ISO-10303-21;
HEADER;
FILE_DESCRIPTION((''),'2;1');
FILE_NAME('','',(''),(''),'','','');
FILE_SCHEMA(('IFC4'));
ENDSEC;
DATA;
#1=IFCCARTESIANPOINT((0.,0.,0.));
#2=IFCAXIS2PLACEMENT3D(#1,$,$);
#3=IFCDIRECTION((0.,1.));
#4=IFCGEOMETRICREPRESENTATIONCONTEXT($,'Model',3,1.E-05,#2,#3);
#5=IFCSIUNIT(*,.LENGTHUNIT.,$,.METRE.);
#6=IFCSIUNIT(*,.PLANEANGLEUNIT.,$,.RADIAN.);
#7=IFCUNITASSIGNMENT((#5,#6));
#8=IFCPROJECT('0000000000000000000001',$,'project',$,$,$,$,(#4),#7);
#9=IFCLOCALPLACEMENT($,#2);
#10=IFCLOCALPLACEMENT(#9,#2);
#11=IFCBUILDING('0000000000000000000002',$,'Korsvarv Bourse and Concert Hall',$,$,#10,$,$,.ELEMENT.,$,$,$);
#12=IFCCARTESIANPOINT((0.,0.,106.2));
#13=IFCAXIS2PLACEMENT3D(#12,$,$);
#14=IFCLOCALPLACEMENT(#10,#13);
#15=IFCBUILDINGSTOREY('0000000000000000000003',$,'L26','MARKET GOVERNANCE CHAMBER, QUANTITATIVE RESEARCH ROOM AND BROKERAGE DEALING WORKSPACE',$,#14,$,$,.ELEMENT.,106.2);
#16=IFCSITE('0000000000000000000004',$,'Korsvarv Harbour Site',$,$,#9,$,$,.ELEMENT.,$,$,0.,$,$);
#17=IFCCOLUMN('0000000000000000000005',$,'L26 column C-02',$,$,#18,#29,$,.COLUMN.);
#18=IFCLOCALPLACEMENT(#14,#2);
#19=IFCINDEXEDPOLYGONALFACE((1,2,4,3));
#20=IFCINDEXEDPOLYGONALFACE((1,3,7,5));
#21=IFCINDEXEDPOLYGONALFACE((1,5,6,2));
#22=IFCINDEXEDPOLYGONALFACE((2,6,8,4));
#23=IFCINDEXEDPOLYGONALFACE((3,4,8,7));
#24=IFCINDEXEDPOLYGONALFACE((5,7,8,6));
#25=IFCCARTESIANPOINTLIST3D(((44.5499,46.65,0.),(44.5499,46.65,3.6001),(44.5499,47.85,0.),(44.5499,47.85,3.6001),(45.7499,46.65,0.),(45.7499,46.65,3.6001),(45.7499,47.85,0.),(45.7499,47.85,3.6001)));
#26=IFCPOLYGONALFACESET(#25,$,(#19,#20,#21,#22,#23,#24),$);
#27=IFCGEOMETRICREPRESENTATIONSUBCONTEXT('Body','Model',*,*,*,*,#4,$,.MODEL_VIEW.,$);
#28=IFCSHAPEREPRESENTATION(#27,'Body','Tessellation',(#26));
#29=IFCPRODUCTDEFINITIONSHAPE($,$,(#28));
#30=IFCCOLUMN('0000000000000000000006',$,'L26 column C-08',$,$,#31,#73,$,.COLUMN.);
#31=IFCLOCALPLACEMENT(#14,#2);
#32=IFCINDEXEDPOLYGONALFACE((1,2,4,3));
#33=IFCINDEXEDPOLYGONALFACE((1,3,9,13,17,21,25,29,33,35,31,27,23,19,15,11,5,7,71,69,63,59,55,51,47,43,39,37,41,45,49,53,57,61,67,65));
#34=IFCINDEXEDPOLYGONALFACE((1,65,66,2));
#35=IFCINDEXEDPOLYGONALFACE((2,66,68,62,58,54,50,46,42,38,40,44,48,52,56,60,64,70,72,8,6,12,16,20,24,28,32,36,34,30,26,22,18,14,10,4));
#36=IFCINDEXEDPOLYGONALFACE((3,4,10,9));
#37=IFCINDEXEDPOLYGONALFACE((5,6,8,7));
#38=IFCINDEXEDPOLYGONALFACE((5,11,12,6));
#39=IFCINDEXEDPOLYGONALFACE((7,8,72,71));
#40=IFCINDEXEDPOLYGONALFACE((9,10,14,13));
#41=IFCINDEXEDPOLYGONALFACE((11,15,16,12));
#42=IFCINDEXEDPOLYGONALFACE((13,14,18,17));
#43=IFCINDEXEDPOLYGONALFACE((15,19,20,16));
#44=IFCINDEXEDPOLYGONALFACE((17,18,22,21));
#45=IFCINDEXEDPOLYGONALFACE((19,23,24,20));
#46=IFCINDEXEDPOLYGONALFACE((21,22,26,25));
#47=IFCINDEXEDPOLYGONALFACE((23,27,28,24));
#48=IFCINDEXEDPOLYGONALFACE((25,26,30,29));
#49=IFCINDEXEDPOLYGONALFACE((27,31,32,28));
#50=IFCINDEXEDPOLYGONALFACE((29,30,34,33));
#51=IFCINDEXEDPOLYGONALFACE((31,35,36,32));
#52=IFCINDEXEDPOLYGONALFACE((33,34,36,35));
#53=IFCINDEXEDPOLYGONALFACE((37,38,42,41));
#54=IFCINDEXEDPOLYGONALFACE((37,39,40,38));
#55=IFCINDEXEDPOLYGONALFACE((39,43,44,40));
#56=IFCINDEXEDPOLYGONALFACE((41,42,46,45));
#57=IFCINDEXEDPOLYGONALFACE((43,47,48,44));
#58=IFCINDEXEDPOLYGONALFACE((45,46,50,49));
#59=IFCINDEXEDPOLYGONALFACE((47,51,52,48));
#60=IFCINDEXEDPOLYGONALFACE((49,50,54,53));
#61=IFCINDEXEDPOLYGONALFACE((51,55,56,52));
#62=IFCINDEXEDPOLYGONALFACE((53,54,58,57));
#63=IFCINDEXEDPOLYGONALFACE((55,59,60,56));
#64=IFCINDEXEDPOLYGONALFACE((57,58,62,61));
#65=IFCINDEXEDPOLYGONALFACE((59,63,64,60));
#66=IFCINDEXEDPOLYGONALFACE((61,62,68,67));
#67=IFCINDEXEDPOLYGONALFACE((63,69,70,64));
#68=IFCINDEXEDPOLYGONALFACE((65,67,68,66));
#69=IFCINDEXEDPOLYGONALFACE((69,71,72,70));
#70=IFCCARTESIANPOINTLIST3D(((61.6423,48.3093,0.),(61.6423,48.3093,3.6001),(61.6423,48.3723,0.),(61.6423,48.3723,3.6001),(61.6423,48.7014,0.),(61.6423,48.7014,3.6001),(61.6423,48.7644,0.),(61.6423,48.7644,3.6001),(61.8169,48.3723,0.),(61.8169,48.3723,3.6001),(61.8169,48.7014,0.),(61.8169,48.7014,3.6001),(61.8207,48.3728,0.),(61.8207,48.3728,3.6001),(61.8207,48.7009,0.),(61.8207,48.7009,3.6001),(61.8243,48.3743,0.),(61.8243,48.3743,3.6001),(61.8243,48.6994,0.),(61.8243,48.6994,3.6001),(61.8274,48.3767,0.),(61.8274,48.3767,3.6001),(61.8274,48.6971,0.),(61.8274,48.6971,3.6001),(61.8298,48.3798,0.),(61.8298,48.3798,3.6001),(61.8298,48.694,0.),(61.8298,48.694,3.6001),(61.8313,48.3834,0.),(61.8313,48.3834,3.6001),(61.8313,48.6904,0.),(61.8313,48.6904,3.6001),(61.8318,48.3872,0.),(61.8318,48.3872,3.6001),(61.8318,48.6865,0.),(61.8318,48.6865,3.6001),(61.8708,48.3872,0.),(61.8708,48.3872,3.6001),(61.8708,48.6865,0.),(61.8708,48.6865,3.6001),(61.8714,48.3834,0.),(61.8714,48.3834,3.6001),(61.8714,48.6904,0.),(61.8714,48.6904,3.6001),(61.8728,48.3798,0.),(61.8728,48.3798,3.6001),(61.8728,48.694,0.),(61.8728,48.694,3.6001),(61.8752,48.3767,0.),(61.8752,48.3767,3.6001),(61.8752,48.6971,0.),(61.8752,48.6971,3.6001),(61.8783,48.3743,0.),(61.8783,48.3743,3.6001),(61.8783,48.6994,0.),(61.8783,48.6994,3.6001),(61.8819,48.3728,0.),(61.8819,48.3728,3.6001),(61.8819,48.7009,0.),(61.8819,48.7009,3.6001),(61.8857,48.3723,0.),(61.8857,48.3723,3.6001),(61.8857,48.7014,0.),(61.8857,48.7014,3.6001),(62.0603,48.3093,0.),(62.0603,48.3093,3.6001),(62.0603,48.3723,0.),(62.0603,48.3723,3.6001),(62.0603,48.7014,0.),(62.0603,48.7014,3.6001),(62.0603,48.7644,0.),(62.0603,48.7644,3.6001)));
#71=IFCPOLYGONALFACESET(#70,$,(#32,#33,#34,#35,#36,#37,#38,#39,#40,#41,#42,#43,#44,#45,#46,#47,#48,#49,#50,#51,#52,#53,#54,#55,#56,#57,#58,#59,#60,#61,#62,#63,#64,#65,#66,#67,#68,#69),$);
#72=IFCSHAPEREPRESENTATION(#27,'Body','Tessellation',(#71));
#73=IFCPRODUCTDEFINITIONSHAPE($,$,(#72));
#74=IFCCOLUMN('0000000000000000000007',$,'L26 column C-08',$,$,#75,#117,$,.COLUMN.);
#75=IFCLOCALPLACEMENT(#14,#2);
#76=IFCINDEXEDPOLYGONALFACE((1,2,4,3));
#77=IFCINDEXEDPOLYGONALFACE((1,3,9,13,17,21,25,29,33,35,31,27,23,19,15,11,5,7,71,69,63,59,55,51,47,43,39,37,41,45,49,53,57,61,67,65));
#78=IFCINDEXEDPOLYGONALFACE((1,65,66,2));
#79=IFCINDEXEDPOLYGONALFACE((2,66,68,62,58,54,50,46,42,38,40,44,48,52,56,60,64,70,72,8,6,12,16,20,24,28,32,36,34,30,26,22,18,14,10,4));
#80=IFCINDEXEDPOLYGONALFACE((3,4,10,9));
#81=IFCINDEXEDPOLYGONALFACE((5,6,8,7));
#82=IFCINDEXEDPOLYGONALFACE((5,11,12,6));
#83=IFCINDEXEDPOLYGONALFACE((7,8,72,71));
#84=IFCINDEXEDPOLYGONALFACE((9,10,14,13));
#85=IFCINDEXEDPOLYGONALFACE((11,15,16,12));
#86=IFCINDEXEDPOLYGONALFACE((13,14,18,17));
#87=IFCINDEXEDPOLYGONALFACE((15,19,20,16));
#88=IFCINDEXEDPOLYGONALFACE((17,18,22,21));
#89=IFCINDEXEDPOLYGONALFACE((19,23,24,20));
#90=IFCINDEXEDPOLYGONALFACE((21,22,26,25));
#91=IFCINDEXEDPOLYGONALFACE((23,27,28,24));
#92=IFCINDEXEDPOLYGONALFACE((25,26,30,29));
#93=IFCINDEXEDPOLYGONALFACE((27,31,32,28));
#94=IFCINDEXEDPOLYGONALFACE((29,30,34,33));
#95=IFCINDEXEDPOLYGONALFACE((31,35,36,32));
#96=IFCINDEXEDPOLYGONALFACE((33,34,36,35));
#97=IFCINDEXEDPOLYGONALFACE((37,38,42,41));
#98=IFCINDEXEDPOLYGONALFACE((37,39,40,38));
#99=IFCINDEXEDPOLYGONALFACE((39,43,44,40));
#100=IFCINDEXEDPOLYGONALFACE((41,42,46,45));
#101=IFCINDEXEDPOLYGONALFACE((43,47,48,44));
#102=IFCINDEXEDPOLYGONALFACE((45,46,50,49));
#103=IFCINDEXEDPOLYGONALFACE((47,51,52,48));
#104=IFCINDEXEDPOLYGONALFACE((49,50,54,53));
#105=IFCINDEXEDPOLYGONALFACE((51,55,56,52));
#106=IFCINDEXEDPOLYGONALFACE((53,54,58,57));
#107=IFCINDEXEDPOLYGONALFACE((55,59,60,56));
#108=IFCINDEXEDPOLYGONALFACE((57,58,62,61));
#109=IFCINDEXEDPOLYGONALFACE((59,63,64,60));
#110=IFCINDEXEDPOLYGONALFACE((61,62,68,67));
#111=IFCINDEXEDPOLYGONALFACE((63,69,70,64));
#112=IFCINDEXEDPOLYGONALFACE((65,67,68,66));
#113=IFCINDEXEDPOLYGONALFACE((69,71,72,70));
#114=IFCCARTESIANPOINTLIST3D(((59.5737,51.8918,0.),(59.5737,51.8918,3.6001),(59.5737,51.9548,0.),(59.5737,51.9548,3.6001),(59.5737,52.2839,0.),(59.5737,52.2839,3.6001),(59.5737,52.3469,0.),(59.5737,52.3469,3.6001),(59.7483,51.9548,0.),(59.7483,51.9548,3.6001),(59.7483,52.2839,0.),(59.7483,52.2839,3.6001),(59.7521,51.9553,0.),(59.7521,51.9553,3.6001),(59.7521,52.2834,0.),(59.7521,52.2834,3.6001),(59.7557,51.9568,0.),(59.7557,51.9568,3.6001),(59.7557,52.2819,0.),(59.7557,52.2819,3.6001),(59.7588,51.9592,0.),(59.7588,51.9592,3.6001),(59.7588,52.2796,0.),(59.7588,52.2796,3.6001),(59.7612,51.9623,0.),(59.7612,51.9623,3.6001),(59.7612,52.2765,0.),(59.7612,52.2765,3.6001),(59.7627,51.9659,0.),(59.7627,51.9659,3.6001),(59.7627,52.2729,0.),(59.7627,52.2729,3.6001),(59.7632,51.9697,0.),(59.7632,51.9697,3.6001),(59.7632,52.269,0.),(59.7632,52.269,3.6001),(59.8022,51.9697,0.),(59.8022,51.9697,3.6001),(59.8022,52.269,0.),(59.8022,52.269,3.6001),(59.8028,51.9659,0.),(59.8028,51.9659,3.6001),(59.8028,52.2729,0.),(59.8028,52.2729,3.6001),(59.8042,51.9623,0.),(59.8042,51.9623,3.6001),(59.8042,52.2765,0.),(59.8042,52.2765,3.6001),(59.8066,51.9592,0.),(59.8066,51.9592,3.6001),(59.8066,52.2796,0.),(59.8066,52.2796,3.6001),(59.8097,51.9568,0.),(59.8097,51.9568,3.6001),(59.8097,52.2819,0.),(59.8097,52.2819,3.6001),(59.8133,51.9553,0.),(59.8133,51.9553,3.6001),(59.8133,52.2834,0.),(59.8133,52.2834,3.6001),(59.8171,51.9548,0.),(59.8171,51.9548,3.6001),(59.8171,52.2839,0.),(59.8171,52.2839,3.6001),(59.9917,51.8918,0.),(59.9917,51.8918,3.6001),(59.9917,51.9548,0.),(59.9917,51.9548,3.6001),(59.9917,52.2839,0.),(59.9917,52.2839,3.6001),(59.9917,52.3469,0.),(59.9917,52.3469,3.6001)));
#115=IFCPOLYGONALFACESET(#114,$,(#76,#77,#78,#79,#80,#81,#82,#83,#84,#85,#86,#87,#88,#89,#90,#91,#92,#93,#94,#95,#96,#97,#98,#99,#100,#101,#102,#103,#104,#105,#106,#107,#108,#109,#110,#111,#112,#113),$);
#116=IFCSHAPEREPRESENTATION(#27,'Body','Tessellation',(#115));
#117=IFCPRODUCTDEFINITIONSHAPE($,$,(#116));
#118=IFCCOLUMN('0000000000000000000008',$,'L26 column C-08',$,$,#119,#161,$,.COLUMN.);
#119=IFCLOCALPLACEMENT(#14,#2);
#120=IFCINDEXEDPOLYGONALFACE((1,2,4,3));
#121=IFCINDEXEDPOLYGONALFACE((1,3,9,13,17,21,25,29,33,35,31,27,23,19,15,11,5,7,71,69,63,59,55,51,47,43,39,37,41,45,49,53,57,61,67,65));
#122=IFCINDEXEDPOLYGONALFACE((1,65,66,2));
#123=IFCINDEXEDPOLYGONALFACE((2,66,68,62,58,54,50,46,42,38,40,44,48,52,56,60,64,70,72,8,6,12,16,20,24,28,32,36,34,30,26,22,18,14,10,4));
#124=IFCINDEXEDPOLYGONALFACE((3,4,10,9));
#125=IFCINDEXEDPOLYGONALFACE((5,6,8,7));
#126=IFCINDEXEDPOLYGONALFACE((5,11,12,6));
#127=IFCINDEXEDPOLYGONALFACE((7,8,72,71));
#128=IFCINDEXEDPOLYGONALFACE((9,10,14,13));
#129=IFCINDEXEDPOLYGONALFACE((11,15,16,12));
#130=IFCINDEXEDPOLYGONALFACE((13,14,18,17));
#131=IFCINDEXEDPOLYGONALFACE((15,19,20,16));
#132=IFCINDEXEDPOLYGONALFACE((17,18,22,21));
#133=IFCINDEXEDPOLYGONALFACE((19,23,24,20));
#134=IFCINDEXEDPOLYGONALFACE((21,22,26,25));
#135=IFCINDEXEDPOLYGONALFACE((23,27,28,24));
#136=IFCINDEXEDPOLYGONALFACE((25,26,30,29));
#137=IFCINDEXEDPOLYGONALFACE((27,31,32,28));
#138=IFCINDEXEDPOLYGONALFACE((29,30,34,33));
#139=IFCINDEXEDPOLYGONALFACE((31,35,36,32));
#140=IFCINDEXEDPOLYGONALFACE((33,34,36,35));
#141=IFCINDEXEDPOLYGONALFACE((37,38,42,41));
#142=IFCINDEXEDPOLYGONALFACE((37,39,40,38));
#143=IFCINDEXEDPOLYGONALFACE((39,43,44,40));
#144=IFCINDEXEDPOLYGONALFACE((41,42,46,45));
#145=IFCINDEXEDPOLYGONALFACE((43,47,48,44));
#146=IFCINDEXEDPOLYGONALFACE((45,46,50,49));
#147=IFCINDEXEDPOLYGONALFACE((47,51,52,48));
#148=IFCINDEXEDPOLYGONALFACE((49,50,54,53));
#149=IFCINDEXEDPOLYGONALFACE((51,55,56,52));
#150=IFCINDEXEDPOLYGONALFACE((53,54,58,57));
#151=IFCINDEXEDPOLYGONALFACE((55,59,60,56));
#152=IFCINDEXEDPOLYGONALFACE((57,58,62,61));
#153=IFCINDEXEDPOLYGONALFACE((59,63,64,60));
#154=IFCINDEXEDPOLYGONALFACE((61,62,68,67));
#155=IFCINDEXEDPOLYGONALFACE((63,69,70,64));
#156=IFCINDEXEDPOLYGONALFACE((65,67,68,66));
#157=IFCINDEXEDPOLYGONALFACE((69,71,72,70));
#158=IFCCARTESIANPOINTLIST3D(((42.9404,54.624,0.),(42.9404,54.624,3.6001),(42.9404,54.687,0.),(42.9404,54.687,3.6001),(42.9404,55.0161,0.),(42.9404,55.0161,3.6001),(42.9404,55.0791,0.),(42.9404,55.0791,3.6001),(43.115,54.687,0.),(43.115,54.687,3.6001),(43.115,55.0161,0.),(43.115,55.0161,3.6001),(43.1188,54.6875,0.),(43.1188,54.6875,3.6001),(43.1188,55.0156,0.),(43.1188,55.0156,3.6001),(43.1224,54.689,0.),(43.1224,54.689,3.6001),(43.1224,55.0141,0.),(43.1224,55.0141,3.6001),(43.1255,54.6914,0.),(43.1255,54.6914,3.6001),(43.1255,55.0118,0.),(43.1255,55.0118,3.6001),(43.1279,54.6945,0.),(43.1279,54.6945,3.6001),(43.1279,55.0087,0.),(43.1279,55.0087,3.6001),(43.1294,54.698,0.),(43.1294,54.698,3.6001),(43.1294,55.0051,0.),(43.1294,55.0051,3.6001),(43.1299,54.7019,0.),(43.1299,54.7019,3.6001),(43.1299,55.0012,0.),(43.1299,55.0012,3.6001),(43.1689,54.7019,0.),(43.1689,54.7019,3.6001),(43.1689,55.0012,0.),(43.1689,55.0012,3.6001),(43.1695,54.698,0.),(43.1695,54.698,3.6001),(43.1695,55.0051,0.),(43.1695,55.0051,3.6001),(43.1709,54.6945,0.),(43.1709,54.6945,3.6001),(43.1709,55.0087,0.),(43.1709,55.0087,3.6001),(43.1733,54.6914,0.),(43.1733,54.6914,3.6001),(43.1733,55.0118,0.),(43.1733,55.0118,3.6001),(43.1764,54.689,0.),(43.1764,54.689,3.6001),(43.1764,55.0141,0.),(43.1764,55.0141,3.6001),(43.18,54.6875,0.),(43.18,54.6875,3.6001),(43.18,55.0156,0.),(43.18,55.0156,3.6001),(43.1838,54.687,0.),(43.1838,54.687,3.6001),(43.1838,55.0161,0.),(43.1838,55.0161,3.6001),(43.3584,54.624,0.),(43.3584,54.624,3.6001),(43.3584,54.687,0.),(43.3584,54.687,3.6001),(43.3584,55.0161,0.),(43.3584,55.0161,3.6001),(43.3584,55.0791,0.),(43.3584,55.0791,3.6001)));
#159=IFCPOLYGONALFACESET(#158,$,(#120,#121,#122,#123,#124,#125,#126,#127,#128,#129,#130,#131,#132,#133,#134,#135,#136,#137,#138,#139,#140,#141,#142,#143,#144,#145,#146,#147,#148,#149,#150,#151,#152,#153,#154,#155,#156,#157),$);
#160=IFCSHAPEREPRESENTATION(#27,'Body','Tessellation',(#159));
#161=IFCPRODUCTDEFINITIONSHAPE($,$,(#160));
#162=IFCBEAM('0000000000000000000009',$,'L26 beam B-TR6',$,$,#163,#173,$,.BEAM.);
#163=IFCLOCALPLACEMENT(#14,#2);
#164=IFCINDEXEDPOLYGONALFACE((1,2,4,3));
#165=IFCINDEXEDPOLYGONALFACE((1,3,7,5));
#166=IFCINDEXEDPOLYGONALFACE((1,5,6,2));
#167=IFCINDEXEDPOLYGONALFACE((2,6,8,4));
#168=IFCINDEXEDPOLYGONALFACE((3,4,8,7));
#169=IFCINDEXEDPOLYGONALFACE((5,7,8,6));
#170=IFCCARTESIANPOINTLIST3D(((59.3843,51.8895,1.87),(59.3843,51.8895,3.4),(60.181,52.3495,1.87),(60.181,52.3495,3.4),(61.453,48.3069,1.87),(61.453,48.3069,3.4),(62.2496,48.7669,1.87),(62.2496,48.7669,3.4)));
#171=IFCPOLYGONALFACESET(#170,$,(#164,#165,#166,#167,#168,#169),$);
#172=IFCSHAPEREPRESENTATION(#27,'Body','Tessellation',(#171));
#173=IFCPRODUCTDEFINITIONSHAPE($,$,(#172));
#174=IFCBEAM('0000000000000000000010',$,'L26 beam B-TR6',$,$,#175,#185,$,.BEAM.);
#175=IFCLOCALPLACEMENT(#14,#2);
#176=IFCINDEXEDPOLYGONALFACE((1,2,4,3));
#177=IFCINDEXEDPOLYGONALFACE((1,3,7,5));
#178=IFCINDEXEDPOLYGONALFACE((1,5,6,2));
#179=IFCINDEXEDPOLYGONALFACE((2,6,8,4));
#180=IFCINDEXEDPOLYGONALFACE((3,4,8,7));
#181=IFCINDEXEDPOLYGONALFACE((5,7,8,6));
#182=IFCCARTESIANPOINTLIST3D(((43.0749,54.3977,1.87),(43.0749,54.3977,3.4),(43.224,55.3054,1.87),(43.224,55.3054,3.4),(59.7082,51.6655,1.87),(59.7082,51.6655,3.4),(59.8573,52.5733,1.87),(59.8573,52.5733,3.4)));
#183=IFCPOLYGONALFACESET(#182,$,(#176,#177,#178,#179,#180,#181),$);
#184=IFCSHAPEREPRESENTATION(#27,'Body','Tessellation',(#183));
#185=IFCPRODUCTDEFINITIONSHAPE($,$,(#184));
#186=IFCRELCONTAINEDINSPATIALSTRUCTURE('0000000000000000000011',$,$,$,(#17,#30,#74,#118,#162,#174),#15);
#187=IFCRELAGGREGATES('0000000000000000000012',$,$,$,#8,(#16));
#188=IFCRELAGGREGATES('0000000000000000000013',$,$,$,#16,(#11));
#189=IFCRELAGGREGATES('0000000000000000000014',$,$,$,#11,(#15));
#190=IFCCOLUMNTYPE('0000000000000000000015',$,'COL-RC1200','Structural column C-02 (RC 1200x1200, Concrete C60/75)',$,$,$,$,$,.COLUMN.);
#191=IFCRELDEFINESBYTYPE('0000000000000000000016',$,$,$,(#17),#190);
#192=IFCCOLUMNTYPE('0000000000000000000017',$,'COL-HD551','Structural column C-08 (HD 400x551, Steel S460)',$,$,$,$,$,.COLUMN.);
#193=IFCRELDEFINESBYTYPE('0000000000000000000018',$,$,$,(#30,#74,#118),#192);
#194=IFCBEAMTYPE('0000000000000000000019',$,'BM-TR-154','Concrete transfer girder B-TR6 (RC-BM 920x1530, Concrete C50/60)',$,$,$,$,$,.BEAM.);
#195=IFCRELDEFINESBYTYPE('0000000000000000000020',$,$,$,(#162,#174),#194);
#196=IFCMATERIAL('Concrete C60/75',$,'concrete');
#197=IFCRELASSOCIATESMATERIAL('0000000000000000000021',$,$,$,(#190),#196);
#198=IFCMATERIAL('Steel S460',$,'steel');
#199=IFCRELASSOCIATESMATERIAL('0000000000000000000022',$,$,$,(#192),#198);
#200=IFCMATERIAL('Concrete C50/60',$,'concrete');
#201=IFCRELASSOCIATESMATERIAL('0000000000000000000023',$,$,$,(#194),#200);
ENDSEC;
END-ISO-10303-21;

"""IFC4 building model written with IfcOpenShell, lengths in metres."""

from ifc_helpers import new_model, si_unit, direction, frame, origin, origin_2d, place, context, subcontext, project, spatial, rectangle, i_section, extrude, source, transform, mapped, material, material_profile, profile_set, type_object, element, save


model = new_model("IFC4")

# Units and contexts
model_context = context("Model", 3, precision=1e-05, world=origin(), true_north=direction((0.0, 1.0)))
body_context = subcontext(model_context, "Body", "Model", "MODEL_VIEW")
ifc_project = project(units=[si_unit("LENGTHUNIT", "METRE"), si_unit("PLANEANGLEUNIT", "RADIAN")], contexts=[model_context])

# Site, building, storey
site_placement = place(None, origin())
site = spatial("IfcSite", under=ifc_project, at=site_placement, Name="Korsvarv Harbour Site", CompositionType="ELEMENT", RefElevation=0.0)
building_placement = place(site_placement, origin())
building = spatial("IfcBuilding", under=site, at=building_placement, Name="Korsvarv Bourse and Concert Hall", CompositionType="ELEMENT")
storey_placement = place(building_placement, frame((0.0, 0.0, 106.2)))
storey = spatial("IfcBuildingStorey", under=building, at=storey_placement, Name="L26", Description="MARKET GOVERNANCE CHAMBER, QUANTITATIVE RESEARCH ROOM AND BROKERAGE DEALING WORKSPACE", CompositionType="ELEMENT", Elevation=106.2)

# Columns
ifc_material_1 = material(Name="Concrete C60/75", Category="concrete")
ifc_material_profile_1 = material_profile(ifc_material_1, rectangle(XDim=1.2, YDim=1.2, at=origin_2d()), Name="RC 1200x1200")
ifc_profile_set_1 = profile_set([ifc_material_profile_1], Name="Concrete C60/75")
column_type_1 = type_object("IfcColumnType", Name="COL-RC1200", Description="Structural column C-02 (RC 1200x1200, Concrete C60/75)", PredefinedType="COLUMN", material=ifc_profile_set_1)
shared_shape_1 = source(origin(), body_context, "Body", "SweptSolid", [
    extrude(rectangle(XDim=1.2, YDim=1.2, at=origin_2d()), origin(), (0.0, 0.0, 1.0), 3.6001),
])
column_placement = place(storey_placement, frame((45.1499, 47.25, 0.0), z_axis=(0.0, 0.0, 1.0), x_axis=(1.0, 0.0, 0.0)))
element("IfcColumn", 1, at=column_placement, inside=storey, type_object=column_type_1, Name="L26 column C-02", PredefinedType="COLUMN", context=body_context, shape_type="MappedRepresentation", body=[
    mapped(shared_shape_1, transform((0.0, 0.0, 0.0), scale=1.0)),
])
ifc_material_2 = material(Name="Steel S460", Category="steel")
ifc_material_profile_2 = material_profile(ifc_material_2, i_section(OverallWidth=0.418, OverallDepth=0.4551, WebThickness=0.0391, FlangeThickness=0.063, FilletRadius=0.0149, at=origin_2d()), Name="HD 400x551")
ifc_profile_set_2 = profile_set([ifc_material_profile_2], Name="Steel S460")
column_type_2 = type_object("IfcColumnType", Name="COL-HD551", Description="Structural column C-08 (HD 400x551, Steel S460)", PredefinedType="COLUMN", material=ifc_profile_set_2)
shared_shape_2 = source(origin(), body_context, "Body", "SweptSolid", [
    extrude(i_section(OverallWidth=0.418, OverallDepth=0.4551, WebThickness=0.0391, FlangeThickness=0.063, FilletRadius=0.0149, at=origin_2d()), origin(), (0.0, 0.0, 1.0), 3.6001),
])
for number, where, z_axis, x_axis, name in (
    (2, (61.8513, 48.5369, 0.0), (0.0, 0.0, 1.0), (1.0, 0.0, 0.0), "L26 column C-08"),
    (3, (59.7827, 52.1194, 0.0), (0.0, 0.0, 1.0), (1.0, 0.0, 0.0), "L26 column C-08"),
    (4, (43.1494, 54.8516, 0.0), (0.0, 0.0, 1.0), (1.0, 0.0, 0.0), "L26 column C-08"),
):
    element("IfcColumn", number, at=place(storey_placement, frame(where, z_axis=z_axis, x_axis=x_axis)), inside=storey, type_object=column_type_2, Name=name, PredefinedType="COLUMN", context=body_context, shape_type="MappedRepresentation", body=[
        mapped(shared_shape_2, transform((0.0, 0.0, 0.0), scale=1.0)),
    ])

# Beams
ifc_material_3 = material(Name="Concrete C50/60", Category="concrete")
ifc_material_profile_3 = material_profile(ifc_material_3, rectangle(XDim=0.9199, YDim=1.53, at=origin_2d()), Name="RC-BM 920x1530")
ifc_profile_set_3 = profile_set([ifc_material_profile_3], Name="Concrete C50/60")
beam_type_1 = type_object("IfcBeamType", Name="BM-TR-154", Description="Concrete transfer girder B-TR6 (RC-BM 920x1530, Concrete C50/60)", PredefinedType="BEAM", material=ifc_profile_set_3)
shared_shape_3 = source(origin(), body_context, "Body", "SweptSolid", [
    extrude(rectangle(XDim=0.9199, YDim=1.53, at=origin_2d()), origin(), (0.0, 0.0, 1.0), 4.137),
])
beam_1_placement = place(storey_placement, frame((61.8513, 48.5369, 2.635), z_axis=(-0.500043, 0.866001, 0.0), x_axis=(-0.866001, -0.500043, 0.0)))
element("IfcBeam", 5, at=beam_1_placement, inside=storey, type_object=beam_type_1, Name="L26 beam B-TR6", PredefinedType="BEAM", context=body_context, shape_type="MappedRepresentation", body=[
    mapped(shared_shape_3, transform((0.0, 0.0, 0.0), scale=1.0)),
])
shared_shape_4 = source(origin(), body_context, "Body", "SweptSolid", [
    extrude(rectangle(XDim=0.9199, YDim=1.53, at=origin_2d()), origin(), (0.0, 0.0, 1.0), 16.8562),
])
beam_2_placement = place(storey_placement, frame((59.7827, 52.1194, 2.635), z_axis=(-0.986776, 0.162087, 0.0), x_axis=(-0.162087, -0.986776, 0.0)))
element("IfcBeam", 6, at=beam_2_placement, inside=storey, type_object=beam_type_1, Name="L26 beam B-TR6", PredefinedType="BEAM", context=body_context, shape_type="MappedRepresentation", body=[
    mapped(shared_shape_4, transform((0.0, 0.0, 0.0), scale=1.0)),
])

save(model, "model.ifc")
